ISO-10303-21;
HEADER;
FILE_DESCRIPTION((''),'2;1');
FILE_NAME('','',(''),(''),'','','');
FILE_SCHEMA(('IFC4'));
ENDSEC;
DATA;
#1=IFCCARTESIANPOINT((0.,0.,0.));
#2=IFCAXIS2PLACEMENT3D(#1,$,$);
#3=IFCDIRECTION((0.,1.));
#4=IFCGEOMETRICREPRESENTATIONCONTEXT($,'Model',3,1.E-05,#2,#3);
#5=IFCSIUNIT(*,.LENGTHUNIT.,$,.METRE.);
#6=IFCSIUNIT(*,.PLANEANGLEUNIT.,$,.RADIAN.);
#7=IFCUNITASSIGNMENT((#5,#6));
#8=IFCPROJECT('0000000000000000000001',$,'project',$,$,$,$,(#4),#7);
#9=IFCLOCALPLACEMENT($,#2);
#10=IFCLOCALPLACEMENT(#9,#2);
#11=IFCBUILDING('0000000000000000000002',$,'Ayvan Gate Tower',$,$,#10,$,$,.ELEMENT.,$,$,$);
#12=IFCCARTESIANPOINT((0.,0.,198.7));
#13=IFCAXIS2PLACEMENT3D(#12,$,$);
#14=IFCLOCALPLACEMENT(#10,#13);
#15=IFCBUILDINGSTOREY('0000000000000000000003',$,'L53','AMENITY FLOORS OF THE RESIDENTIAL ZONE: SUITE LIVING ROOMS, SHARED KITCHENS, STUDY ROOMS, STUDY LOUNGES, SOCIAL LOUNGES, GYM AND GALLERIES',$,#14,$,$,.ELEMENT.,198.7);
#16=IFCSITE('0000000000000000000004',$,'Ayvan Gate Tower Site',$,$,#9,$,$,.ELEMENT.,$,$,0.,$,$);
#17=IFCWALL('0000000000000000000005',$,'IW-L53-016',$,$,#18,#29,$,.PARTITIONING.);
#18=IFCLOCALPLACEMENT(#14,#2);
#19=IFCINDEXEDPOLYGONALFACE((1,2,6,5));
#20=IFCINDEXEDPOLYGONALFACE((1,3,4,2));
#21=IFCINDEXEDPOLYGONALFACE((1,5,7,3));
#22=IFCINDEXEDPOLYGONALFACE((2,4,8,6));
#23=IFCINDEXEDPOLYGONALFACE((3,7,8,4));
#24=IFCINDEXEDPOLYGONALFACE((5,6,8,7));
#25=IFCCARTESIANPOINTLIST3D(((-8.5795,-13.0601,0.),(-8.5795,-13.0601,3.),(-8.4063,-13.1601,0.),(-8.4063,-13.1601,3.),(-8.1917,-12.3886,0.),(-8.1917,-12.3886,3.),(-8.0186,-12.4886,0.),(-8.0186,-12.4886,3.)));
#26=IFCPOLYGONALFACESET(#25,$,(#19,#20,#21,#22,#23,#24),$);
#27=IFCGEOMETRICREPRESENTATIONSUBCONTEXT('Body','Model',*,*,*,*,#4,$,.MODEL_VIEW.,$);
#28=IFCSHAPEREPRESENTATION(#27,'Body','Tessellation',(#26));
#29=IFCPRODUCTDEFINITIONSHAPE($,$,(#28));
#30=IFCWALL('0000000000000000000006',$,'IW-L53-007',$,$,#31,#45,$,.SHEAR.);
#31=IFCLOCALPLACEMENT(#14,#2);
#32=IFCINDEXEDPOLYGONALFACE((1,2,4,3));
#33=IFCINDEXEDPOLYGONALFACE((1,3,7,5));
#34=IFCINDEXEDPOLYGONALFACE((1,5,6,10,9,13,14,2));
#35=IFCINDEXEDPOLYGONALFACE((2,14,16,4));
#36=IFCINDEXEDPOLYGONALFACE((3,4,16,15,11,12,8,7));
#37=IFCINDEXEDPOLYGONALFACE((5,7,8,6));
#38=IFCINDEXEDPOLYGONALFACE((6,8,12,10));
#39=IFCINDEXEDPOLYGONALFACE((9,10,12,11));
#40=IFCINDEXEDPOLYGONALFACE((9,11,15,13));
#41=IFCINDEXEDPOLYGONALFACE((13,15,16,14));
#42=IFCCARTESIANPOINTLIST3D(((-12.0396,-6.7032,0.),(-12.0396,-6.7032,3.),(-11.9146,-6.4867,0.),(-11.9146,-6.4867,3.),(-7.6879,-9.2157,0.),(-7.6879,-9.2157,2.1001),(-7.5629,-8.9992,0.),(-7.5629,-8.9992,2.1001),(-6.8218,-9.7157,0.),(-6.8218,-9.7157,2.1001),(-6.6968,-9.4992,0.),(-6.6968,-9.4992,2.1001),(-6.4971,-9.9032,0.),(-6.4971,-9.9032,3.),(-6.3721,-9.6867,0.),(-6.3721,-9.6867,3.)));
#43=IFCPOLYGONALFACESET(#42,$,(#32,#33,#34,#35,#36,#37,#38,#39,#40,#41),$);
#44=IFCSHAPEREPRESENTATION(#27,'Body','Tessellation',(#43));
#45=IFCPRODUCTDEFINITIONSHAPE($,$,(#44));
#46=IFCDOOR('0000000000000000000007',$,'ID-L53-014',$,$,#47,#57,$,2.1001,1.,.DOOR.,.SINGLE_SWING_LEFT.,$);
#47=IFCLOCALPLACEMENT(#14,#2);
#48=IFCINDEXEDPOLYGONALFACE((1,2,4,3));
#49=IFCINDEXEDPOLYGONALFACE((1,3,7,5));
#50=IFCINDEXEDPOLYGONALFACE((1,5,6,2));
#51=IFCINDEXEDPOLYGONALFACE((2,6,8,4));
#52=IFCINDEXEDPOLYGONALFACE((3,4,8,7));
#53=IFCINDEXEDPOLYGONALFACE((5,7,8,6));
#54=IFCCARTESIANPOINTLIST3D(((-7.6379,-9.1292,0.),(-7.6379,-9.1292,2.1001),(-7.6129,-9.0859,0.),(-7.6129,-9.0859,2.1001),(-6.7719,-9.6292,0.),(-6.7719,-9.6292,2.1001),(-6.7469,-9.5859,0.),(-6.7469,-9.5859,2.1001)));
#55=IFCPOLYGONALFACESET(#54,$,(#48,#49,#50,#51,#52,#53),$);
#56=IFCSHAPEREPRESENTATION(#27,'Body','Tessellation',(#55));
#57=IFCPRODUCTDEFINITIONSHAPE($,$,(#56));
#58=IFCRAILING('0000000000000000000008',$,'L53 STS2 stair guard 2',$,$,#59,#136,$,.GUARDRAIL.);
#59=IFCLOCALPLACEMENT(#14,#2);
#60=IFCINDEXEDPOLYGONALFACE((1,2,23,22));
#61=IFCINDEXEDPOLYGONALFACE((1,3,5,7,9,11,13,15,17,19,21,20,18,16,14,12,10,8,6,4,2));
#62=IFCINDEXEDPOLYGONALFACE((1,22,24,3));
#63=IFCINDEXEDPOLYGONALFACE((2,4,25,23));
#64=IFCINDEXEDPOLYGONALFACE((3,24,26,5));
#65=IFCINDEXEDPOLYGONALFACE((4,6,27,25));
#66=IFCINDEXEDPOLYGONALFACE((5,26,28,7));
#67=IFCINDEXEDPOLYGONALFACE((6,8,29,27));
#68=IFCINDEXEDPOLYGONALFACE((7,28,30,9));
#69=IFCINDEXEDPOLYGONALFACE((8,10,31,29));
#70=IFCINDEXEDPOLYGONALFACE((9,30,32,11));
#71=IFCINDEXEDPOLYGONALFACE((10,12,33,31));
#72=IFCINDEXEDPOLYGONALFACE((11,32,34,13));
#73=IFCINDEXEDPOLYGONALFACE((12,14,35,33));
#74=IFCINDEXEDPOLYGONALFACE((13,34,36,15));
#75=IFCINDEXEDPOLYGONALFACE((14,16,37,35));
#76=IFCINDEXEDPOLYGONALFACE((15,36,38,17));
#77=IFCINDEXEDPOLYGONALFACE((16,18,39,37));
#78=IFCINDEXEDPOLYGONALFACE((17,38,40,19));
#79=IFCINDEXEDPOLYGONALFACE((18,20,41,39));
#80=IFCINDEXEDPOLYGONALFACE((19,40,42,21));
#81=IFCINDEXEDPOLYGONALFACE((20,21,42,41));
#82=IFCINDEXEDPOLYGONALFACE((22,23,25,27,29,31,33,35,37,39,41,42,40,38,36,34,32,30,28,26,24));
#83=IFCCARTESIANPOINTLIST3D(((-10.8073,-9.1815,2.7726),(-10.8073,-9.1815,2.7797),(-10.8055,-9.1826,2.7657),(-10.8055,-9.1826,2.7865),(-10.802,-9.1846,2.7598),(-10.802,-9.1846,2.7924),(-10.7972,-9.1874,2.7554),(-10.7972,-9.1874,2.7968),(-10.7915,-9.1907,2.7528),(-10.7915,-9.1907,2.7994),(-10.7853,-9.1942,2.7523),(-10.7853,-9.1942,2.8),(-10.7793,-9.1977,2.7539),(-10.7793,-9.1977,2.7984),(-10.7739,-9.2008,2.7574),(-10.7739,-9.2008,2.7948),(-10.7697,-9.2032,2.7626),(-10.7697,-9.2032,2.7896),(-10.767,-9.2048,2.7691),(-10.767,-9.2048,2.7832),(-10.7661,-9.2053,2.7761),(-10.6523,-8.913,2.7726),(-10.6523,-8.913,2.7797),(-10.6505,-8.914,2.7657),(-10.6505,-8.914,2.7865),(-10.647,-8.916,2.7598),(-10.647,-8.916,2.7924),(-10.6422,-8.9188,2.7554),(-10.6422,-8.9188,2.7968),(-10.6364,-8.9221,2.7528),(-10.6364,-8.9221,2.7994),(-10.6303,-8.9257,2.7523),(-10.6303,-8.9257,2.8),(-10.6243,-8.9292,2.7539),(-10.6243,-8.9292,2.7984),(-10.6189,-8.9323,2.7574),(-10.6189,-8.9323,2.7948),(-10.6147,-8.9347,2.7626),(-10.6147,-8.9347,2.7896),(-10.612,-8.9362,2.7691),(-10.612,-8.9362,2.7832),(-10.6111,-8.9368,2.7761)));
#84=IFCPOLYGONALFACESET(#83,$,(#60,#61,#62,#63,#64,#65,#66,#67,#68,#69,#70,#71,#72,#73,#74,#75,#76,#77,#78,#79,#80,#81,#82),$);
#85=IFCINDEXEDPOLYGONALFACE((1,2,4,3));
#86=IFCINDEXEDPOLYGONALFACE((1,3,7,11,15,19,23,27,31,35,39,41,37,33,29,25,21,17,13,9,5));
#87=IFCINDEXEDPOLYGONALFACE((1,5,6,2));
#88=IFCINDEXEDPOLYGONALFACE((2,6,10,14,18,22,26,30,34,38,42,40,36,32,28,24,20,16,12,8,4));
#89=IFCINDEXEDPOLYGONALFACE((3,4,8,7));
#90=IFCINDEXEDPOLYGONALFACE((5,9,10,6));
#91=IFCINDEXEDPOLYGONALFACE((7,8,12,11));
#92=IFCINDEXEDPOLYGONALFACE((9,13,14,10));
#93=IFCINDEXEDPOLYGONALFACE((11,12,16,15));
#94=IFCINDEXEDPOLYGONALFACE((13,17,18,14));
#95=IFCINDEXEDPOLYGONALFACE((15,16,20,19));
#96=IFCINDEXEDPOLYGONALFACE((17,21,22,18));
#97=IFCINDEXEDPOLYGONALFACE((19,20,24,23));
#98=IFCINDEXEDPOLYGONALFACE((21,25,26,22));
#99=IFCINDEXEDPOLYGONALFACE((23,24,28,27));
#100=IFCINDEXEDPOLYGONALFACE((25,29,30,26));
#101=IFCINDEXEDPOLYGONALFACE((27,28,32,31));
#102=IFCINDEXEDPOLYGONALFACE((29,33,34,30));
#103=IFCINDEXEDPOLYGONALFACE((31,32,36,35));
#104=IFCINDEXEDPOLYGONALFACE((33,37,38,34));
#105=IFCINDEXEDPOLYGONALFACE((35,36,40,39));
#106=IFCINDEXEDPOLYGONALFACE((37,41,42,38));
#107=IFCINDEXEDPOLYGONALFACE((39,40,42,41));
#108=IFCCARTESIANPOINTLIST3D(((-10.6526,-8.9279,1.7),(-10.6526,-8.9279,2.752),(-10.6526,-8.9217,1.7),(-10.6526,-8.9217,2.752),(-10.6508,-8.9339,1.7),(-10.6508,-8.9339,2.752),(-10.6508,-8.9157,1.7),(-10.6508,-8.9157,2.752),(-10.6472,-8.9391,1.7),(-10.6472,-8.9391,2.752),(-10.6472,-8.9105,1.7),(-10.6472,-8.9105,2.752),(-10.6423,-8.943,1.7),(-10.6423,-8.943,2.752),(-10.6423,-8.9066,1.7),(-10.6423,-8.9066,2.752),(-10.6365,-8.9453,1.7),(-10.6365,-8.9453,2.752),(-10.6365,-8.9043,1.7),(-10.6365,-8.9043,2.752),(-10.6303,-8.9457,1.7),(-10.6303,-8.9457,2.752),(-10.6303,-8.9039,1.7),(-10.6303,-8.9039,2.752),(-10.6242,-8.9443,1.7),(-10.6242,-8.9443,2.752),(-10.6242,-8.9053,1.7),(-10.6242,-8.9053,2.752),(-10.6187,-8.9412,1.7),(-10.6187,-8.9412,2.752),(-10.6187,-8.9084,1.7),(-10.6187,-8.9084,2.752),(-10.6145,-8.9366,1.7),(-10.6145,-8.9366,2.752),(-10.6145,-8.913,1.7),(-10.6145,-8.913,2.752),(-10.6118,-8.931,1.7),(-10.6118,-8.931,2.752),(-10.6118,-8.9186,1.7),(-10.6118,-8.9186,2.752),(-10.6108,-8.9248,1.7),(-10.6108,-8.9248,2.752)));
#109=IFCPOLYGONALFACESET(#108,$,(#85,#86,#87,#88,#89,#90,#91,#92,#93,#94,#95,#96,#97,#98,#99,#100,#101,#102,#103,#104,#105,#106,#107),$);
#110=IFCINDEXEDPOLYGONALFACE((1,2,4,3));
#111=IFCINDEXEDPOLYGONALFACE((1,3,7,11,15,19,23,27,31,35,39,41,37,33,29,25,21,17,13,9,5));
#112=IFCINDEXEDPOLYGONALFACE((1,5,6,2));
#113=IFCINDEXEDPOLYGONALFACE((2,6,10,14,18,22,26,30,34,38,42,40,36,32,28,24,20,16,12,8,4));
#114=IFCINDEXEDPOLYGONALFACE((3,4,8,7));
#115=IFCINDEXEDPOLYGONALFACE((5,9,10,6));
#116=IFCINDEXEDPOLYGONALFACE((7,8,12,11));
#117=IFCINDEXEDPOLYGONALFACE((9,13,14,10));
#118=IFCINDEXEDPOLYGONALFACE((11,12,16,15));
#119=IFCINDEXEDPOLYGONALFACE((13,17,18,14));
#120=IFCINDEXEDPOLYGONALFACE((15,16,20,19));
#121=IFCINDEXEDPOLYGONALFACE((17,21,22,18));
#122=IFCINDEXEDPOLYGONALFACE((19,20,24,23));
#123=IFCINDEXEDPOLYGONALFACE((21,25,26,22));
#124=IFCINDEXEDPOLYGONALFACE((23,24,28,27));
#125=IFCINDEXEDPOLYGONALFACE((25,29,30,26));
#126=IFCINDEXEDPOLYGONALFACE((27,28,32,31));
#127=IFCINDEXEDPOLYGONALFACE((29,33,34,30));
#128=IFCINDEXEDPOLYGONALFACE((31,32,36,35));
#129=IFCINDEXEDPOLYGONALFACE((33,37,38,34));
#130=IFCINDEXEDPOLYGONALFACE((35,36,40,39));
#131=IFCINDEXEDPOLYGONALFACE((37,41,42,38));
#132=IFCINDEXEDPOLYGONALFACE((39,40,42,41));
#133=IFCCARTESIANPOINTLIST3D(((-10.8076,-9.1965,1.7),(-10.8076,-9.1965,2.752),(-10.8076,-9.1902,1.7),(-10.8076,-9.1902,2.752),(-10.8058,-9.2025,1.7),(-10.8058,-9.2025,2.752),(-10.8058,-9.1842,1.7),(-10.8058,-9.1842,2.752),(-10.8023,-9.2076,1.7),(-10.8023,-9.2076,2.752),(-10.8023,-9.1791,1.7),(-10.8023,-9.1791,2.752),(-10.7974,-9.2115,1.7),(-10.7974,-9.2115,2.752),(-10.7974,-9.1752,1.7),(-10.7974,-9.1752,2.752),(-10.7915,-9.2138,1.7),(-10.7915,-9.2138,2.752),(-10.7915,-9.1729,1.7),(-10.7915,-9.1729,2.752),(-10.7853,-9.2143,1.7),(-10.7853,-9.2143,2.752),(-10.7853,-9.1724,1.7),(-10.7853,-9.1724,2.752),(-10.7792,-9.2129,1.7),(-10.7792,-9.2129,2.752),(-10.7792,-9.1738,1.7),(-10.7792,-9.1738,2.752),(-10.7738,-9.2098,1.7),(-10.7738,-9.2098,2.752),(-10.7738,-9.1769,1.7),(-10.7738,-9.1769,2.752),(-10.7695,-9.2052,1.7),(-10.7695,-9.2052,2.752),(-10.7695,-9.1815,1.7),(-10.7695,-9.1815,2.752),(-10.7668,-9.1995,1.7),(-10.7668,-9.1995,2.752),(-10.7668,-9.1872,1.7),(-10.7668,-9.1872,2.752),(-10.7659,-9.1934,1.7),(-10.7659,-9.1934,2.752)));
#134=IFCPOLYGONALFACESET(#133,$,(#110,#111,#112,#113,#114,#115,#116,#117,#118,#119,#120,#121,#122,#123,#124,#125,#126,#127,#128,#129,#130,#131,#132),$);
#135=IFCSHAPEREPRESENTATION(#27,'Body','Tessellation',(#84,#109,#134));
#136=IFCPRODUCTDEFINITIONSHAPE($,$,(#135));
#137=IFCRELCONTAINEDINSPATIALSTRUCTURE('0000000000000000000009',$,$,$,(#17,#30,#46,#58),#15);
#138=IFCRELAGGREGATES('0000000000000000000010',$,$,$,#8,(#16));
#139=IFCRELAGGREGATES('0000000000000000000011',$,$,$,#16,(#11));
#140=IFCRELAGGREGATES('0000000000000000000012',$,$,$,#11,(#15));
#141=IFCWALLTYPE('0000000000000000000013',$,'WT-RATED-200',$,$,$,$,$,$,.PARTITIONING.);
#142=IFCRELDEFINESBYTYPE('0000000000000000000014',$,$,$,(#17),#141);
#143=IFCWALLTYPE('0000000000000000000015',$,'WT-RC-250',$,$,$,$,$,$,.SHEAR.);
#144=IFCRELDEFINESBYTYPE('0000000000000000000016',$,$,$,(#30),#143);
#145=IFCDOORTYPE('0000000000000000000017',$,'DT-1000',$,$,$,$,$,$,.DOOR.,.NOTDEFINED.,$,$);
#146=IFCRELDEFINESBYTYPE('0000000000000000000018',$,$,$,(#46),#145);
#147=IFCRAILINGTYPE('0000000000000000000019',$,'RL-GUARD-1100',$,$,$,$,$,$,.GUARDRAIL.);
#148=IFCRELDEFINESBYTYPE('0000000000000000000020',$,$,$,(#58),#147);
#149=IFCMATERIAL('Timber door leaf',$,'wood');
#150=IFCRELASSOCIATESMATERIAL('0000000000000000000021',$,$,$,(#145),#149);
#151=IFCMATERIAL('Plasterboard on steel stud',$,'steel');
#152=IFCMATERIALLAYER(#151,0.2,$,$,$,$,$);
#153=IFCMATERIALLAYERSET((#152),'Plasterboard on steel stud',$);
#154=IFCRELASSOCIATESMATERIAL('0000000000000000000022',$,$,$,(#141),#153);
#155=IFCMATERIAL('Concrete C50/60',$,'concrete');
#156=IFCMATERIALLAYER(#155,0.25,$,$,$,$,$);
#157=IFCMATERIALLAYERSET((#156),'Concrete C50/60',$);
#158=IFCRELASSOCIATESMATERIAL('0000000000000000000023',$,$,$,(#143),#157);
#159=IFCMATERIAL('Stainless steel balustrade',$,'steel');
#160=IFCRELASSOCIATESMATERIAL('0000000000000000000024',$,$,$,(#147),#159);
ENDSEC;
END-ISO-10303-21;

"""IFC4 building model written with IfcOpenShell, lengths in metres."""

from ifc_helpers import new_model, si_unit, direction, frame, frame_2d, origin, origin_2d, place, context, subcontext, project, spatial, rectangle, circle, extrude, material, layer, layer_set, type_object, element, fill, save


model = new_model("IFC4")

# Units and contexts
model_context = context("Model", 3, precision=1e-05, world=origin(), true_north=direction((0.0, 1.0)))
body_context = subcontext(model_context, "Body", "Model", "MODEL_VIEW")
ifc_project = project(units=[si_unit("LENGTHUNIT", "METRE"), si_unit("PLANEANGLEUNIT", "RADIAN")], contexts=[model_context])

# Site, building, storey
site_placement = place(None, origin())
site = spatial("IfcSite", under=ifc_project, at=site_placement, Name="Ayvan Gate Tower Site", CompositionType="ELEMENT", RefElevation=0.0)
building_placement = place(site_placement, origin())
building = spatial("IfcBuilding", under=site, at=building_placement, Name="Ayvan Gate Tower", CompositionType="ELEMENT")
storey_placement = place(building_placement, frame((0.0, 0.0, 198.7)))
storey = spatial("IfcBuildingStorey", under=building, at=storey_placement, Name="L53", Description="AMENITY FLOORS OF THE RESIDENTIAL ZONE: SUITE LIVING ROOMS, SHARED KITCHENS, STUDY ROOMS, STUDY LOUNGES, SOCIAL LOUNGES, GYM AND GALLERIES", CompositionType="ELEMENT", Elevation=198.7)

# Shared definitions
ifc_material_1 = material(Name="Timber door leaf", Category="wood")

# Shared definitions
ifc_material_2 = material(Name="Plasterboard on steel stud", Category="steel")
door_type_1 = type_object("IfcDoorType", Name="DT-1000", OperationType="NOTDEFINED", PredefinedType="DOOR", material=ifc_material_1)

# Wall
ifc_layer_1 = layer(ifc_material_2, 0.2)
ifc_layer_set_1 = layer_set([ifc_layer_1], Name="Plasterboard on steel stud")
wall_type_1 = type_object("IfcWallType", Name="WT-RATED-200", PredefinedType="PARTITIONING", material=ifc_layer_set_1)
wall_1_placement = place(storey_placement, frame((-8.4929, -13.1101, 0.0), z_axis=(0.0, 0.0, 1.0), x_axis=(0.500068, 0.865986, 0.0)))
element("IfcWall", 1, at=wall_1_placement, inside=storey, type_object=wall_type_1, Name="IW-L53-016", PredefinedType="PARTITIONING", context=body_context, shape_type="SweptSolid", body=[
    extrude(rectangle(XDim=0.7754, YDim=0.2, at=frame_2d((0.3877, 0.0))), origin(), (0.0, 0.0, 1.0), 3.0),
])

# Wall, opening, door
ifc_material_3 = material(Name="Concrete C50/60", Category="concrete")
ifc_layer_2 = layer(ifc_material_3, 0.25)
ifc_layer_set_2 = layer_set([ifc_layer_2], Name="Concrete C50/60")
wall_type_2 = type_object("IfcWallType", Name="WT-RC-250", PredefinedType="SHEAR", material=ifc_layer_set_2)
wall_2_placement = place(storey_placement, frame((-11.9771, -6.595, 0.0), z_axis=(0.0, 0.0, 1.0), x_axis=(0.866025, -0.5, 0.0)))
wall_2 = element("IfcWall", 2, at=wall_2_placement, inside=storey, type_object=wall_type_2, Name="IW-L53-007", PredefinedType="SHEAR", context=body_context, shape_type="SweptSolid", body=[
    extrude(rectangle(XDim=6.3999, YDim=0.25, at=frame_2d((3.2, 0.0))), origin(), (0.0, 0.0, 1.0), 3.0),
])
opening_1_placement = place(wall_2_placement, frame((5.0249, 0.0, 0.0)))
opening_1 = element("IfcOpeningElement", 3, at=opening_1_placement, cuts=wall_2, PredefinedType="OPENING", context=body_context, shape_type="SweptSolid", body=[
    extrude(rectangle(XDim=1.0, YDim=2.1001, at=frame_2d((0.5, 1.05))), frame((0.0, 0.135, 0.0), z_axis=(0.0, -1.0, 0.0), x_axis=(1.0, 0.0, 0.0)), (0.0, 0.0, 1.0), 0.27),
])
door_1_placement = place(opening_1_placement, origin())
door_1 = element("IfcDoor", 4, at=door_1_placement, inside=storey, type_object=door_type_1, Name="ID-L53-014", OperationType="SINGLE_SWING_LEFT", OverallHeight=2.1001, OverallWidth=1.0, PredefinedType="DOOR", context=body_context, shape_type="SweptSolid", body=[
    extrude(rectangle(XDim=1.0, YDim=2.1001, at=frame_2d((0.5, 1.05))), frame((0.0, 0.0249, 0.0), z_axis=(0.0, -1.0, 0.0), x_axis=(1.0, 0.0, 0.0)), (0.0, 0.0, 1.0), 0.05),
])
fill(opening_1, door_1)

# Railing
ifc_material_4 = material(Name="Stainless steel balustrade", Category="steel")
railing_type_1 = type_object("IfcRailingType", Name="RL-GUARD-1100", PredefinedType="GUARDRAIL", material=ifc_material_4)
railing_1_placement = place(storey_placement, frame((-10.6318, -8.9248, 1.7)))
element("IfcRailing", 5, at=railing_1_placement, inside=storey, type_object=railing_type_1, Name="L53 STS2 stair guard 2", PredefinedType="GUARDRAIL", context=body_context, shape_type="SweptSolid", body=[
    extrude(circle(Radius=0.0239, at=origin_2d()), frame((0.0, 0.0, 1.0762), z_axis=(-0.49995, -0.866054, 0.0), x_axis=(0.866054, -0.49995, 0.0)), (0.0, 0.0, 1.0), 0.3101),
    extrude(circle(Radius=0.021, at=origin_2d()), origin(), (0.0, 0.0, 1.0), 1.052),
    extrude(circle(Radius=0.021, at=origin_2d()), frame((-0.155, -0.2686, 0.0)), (0.0, 0.0, 1.0), 1.052),
])

save(model, "model.ifc")
